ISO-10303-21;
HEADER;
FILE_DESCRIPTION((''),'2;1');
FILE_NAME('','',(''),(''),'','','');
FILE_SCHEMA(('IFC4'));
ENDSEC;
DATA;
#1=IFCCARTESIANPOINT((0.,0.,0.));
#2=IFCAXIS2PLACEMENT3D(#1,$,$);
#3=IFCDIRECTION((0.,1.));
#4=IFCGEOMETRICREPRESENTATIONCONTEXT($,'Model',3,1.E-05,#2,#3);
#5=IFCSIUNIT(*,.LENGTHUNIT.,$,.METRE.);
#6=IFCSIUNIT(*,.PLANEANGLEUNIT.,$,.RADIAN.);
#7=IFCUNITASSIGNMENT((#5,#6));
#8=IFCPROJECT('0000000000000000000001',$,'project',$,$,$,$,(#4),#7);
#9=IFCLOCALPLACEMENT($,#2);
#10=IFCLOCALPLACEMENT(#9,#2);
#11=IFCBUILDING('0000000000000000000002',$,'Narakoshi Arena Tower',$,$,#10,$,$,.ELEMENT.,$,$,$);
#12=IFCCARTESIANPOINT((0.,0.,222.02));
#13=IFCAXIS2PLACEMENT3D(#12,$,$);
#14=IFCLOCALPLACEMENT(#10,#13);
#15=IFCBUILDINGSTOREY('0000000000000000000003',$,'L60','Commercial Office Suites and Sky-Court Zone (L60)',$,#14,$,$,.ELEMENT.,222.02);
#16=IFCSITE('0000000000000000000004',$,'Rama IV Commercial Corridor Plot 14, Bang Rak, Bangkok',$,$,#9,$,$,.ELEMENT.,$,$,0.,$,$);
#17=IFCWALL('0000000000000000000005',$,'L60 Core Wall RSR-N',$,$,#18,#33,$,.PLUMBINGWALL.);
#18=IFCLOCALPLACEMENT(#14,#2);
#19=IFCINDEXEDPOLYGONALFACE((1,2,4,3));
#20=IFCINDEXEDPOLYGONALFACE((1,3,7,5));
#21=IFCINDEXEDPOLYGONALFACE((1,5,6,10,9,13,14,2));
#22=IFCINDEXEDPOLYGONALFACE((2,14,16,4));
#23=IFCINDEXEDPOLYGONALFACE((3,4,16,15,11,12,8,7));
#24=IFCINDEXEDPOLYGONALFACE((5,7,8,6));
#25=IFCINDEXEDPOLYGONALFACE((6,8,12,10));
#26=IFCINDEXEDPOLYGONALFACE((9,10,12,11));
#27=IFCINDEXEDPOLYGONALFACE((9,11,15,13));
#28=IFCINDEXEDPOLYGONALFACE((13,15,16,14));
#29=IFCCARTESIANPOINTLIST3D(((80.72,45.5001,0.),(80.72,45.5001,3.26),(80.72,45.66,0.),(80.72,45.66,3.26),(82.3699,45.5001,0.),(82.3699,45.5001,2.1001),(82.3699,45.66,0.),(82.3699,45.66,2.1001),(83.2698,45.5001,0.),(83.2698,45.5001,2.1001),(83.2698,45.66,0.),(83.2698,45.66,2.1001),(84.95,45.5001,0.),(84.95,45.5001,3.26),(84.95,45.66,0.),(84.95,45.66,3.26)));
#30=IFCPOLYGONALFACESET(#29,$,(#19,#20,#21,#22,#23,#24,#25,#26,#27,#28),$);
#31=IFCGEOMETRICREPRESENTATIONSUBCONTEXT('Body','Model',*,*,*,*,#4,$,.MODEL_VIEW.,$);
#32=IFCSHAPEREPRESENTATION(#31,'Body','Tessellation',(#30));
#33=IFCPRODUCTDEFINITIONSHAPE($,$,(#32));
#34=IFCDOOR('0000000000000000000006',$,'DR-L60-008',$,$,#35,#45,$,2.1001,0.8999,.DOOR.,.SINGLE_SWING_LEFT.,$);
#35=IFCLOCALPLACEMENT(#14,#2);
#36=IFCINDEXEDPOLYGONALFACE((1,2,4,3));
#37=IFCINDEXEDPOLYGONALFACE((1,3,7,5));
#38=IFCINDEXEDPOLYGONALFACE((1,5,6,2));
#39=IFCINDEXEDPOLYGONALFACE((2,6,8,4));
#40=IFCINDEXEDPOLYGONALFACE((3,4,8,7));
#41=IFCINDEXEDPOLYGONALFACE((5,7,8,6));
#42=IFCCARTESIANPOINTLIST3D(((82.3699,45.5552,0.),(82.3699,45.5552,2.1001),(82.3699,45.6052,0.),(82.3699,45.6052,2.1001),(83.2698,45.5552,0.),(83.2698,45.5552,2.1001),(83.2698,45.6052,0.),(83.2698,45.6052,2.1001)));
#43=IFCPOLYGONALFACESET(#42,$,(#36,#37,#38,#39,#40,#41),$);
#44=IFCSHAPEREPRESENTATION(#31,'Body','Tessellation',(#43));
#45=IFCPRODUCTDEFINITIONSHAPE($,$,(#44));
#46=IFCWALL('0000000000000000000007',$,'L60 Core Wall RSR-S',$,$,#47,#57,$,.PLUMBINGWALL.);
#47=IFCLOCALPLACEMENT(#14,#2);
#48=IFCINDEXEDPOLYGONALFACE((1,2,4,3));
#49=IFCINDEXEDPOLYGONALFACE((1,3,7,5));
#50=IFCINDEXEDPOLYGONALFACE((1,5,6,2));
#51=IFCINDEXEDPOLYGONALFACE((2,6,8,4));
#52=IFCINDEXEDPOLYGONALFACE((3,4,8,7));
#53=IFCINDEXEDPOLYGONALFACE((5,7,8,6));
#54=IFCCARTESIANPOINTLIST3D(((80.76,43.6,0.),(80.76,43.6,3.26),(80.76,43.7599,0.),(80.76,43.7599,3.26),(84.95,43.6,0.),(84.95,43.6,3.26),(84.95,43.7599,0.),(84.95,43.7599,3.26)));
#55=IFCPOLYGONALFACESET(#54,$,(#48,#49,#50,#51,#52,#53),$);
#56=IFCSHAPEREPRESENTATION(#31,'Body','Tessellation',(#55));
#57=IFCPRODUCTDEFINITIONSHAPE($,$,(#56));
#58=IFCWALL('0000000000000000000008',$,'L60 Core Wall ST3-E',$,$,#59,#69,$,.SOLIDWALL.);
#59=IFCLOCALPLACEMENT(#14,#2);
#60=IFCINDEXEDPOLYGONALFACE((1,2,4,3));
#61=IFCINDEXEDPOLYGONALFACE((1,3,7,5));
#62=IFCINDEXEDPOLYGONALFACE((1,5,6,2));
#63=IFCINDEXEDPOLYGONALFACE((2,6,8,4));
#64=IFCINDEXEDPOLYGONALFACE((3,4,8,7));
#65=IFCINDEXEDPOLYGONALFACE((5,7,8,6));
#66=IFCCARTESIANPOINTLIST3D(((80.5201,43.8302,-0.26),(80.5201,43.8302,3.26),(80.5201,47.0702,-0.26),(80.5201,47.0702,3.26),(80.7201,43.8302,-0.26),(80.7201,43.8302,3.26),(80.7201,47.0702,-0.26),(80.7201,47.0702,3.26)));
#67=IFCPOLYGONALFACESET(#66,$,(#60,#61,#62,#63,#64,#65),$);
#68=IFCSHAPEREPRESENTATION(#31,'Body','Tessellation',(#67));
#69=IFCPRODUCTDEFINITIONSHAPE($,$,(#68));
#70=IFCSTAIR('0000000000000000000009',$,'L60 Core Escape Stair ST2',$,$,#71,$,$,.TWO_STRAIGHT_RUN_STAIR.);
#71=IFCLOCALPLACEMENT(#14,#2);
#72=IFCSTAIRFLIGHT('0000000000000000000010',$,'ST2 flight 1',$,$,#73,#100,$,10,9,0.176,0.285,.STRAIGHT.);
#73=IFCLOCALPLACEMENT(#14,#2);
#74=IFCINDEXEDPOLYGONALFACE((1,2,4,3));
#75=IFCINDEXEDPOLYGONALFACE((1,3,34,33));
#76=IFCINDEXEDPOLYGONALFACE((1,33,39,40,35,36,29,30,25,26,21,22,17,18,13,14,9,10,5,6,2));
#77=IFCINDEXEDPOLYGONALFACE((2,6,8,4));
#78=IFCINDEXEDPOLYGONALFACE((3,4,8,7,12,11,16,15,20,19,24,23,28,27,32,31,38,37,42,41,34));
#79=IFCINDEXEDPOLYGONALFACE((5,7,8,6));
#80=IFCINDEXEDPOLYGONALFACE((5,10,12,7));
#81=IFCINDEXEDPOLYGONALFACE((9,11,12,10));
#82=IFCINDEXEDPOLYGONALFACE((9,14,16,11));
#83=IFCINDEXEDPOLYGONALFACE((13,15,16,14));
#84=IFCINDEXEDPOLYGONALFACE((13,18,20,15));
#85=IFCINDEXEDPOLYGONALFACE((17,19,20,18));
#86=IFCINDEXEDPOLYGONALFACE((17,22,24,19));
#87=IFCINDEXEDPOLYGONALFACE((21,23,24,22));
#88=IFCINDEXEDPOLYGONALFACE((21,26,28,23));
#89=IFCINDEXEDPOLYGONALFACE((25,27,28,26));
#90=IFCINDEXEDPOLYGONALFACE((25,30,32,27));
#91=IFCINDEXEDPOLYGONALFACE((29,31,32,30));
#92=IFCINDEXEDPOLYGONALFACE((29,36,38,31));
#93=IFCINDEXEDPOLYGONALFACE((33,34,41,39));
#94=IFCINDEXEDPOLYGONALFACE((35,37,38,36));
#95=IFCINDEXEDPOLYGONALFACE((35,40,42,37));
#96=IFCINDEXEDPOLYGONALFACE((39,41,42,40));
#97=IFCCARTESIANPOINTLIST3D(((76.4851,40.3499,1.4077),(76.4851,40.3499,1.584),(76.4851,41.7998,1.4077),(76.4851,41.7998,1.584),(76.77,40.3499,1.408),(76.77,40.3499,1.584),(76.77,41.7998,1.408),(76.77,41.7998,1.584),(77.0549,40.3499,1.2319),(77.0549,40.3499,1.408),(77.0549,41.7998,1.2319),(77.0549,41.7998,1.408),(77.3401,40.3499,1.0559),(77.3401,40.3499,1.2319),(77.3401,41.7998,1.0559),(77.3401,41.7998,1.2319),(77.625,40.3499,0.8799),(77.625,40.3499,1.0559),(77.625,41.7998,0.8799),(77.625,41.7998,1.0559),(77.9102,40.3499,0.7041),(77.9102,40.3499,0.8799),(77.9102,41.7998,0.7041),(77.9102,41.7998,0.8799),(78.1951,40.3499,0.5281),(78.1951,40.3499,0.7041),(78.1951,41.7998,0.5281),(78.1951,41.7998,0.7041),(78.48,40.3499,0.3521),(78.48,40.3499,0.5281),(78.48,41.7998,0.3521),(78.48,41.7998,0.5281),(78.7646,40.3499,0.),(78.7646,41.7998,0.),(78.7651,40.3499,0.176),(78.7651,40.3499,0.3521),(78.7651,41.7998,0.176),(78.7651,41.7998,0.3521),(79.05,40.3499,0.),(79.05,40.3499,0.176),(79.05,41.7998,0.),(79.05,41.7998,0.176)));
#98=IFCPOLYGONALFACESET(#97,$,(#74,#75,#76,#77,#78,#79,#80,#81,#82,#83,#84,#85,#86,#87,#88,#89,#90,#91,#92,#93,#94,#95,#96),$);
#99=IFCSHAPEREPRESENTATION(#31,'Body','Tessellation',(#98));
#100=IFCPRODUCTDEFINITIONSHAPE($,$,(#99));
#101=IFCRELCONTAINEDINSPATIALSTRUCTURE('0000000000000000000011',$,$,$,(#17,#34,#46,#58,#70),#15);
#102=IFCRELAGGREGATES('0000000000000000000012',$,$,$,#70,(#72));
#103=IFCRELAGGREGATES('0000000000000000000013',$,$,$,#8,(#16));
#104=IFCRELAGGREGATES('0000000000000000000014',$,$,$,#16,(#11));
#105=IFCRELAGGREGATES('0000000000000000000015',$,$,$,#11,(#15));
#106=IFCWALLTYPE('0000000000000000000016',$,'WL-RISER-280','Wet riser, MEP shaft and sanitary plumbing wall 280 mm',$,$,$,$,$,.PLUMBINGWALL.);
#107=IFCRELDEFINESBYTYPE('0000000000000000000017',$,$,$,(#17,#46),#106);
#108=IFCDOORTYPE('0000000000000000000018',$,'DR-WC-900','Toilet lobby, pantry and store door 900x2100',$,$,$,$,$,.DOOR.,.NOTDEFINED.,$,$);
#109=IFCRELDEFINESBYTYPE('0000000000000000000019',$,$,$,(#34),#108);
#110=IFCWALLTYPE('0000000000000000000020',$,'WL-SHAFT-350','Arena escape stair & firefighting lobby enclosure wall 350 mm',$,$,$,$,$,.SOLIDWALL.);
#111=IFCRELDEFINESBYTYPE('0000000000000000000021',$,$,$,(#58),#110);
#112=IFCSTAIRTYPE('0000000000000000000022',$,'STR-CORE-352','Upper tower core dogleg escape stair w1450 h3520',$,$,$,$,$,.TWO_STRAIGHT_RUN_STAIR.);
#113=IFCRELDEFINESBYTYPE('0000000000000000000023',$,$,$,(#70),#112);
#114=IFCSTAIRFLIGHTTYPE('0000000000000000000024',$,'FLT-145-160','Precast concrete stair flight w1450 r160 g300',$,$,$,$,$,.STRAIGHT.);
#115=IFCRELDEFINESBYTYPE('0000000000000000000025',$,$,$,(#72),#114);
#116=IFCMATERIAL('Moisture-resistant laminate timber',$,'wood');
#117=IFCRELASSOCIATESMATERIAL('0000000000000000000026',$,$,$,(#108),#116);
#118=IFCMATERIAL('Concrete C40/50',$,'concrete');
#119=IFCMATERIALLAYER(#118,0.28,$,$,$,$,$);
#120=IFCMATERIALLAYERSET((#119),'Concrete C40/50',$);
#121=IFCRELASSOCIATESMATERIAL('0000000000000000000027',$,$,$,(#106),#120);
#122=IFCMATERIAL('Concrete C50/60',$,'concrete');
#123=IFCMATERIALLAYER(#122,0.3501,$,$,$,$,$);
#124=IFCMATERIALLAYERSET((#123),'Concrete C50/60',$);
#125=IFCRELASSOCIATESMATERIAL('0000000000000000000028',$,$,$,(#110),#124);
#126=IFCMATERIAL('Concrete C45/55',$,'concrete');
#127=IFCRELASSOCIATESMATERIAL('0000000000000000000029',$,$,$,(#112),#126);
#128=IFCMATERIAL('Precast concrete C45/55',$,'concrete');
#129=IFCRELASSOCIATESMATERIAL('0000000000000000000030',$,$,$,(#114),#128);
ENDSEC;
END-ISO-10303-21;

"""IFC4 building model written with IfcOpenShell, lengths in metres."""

from ifc_helpers import new_model, si_unit, direction, frame, frame_2d, origin, place, context, subcontext, project, spatial, polyline, rectangle, outline, extrude, material, layer, layer_set, type_object, element, fill, aggregate, save


model = new_model("IFC4")

# Units and contexts
model_context = context("Model", 3, precision=1e-05, world=origin(), true_north=direction((0.0, 1.0)))
body_context = subcontext(model_context, "Body", "Model", "MODEL_VIEW")
ifc_project = project(units=[si_unit("LENGTHUNIT", "METRE"), si_unit("PLANEANGLEUNIT", "RADIAN")], contexts=[model_context])

# Site, building, storey
site_placement = place(None, origin())
site = spatial("IfcSite", under=ifc_project, at=site_placement, Name="Rama IV Commercial Corridor Plot 14, Bang Rak, Bangkok", CompositionType="ELEMENT", RefElevation=0.0)
building_placement = place(site_placement, origin())
building = spatial("IfcBuilding", under=site, at=building_placement, Name="Narakoshi Arena Tower", CompositionType="ELEMENT")
storey_placement = place(building_placement, frame((0.0, 0.0, 222.02)))
storey = spatial("IfcBuildingStorey", under=building, at=storey_placement, Name="L60", Description="Commercial Office Suites and Sky-Court Zone (L60)", CompositionType="ELEMENT", Elevation=222.02)

# Shared definitions
ifc_material_1 = material(Name="Concrete C50/60", Category="concrete")

# Shared definitions
ifc_material_2 = material(Name="Moisture-resistant laminate timber", Category="wood")
door_type_1 = type_object("IfcDoorType", Name="DR-WC-900", Description="Toilet lobby, pantry and store door 900x2100", OperationType="NOTDEFINED", PredefinedType="DOOR", material=ifc_material_2)

# Shared definitions
ifc_material_3 = material(Name="Concrete C40/50", Category="concrete")
ifc_layer_1 = layer(ifc_material_3, 0.28)
ifc_layer_set_1 = layer_set([ifc_layer_1], Name="Concrete C40/50")
wall_type_1 = type_object("IfcWallType", Name="WL-RISER-280", Description="Wet riser, MEP shaft and sanitary plumbing wall 280 mm", PredefinedType="PLUMBINGWALL", material=ifc_layer_set_1)

# Wall, opening, door
wall_1_placement = place(storey_placement, frame((80.72, 45.5801, 0.0), z_axis=(0.0, 0.0, 1.0), x_axis=(1.0, 0.0, 0.0)))
wall_1 = element("IfcWall", 1, at=wall_1_placement, inside=storey, type_object=wall_type_1, Name="L60 Core Wall RSR-N", PredefinedType="PLUMBINGWALL", context=body_context, shape_type="SweptSolid", body=[
    extrude(rectangle(XDim=4.23, YDim=0.1599, at=frame_2d((2.115, 0.0))), origin(), (0.0, 0.0, 1.0), 3.26),
])
opening_1_placement = place(wall_1_placement, frame((1.6499, 0.0, 0.0)))
opening_1 = element("IfcOpeningElement", 2, at=opening_1_placement, cuts=wall_1, PredefinedType="OPENING", context=body_context, shape_type="SweptSolid", body=[
    extrude(rectangle(XDim=0.8999, YDim=2.1001, at=frame_2d((0.45, 1.05))), frame((0.0, 0.0898, 0.0), z_axis=(0.0, -1.0, 0.0), x_axis=(1.0, 0.0, 0.0)), (0.0, 0.0, 1.0), 0.1799),
])
door_1_placement = place(opening_1_placement, frame((0.8999, 0.0, 0.0), z_axis=(0.0, 0.0, 1.0), x_axis=(-1.0, 0.0, 0.0)))
door_1 = element("IfcDoor", 3, at=door_1_placement, inside=storey, type_object=door_type_1, Name="DR-L60-008", OperationType="SINGLE_SWING_LEFT", OverallHeight=2.1001, OverallWidth=0.8999, PredefinedType="DOOR", context=body_context, shape_type="SweptSolid", body=[
    extrude(rectangle(XDim=0.8999, YDim=2.1001, at=frame_2d((0.45, 1.05))), frame((0.0, 0.0249, 0.0), z_axis=(0.0, -1.0, 0.0), x_axis=(1.0, 0.0, 0.0)), (0.0, 0.0, 1.0), 0.05),
])
fill(opening_1, door_1)

# Walls
wall_2_placement = place(storey_placement, frame((80.76, 43.6799, 0.0), z_axis=(0.0, 0.0, 1.0), x_axis=(1.0, 0.0, 0.0)))
element("IfcWall", 4, at=wall_2_placement, inside=storey, type_object=wall_type_1, Name="L60 Core Wall RSR-S", PredefinedType="PLUMBINGWALL", context=body_context, shape_type="SweptSolid", body=[
    extrude(rectangle(XDim=4.1899, YDim=0.1599, at=frame_2d((2.095, 0.0))), origin(), (0.0, 0.0, 1.0), 3.26),
])
ifc_layer_2 = layer(ifc_material_1, 0.3501)
ifc_layer_set_2 = layer_set([ifc_layer_2], Name="Concrete C50/60")
wall_type_2 = type_object("IfcWallType", Name="WL-SHAFT-350", Description="Arena escape stair & firefighting lobby enclosure wall 350 mm", PredefinedType="SOLIDWALL", material=ifc_layer_set_2)
wall_3_placement = place(storey_placement, frame((80.6201, 43.8301, -0.26), z_axis=(0.0, 0.0, 1.0), x_axis=(0.0, 1.0, 0.0)))
element("IfcWall", 5, at=wall_3_placement, inside=storey, type_object=wall_type_2, Name="L60 Core Wall ST3-E", PredefinedType="SOLIDWALL", context=body_context, shape_type="SweptSolid", body=[
    extrude(rectangle(XDim=3.24, YDim=0.2, at=frame_2d((1.6201, 0.0))), origin(), (0.0, 0.0, 1.0), 3.52),
])

# Stair, stair flight
ifc_material_4 = material(Name="Concrete C45/55", Category="concrete")
stair_type = type_object("IfcStairType", Name="STR-CORE-352", Description="Upper tower core dogleg escape stair w1450 h3520", PredefinedType="TWO_STRAIGHT_RUN_STAIR", material=ifc_material_4)
stair_placement = place(storey_placement, origin())
stair = element("IfcStair", 6, at=stair_placement, inside=storey, type_object=stair_type, Name="L60 Core Escape Stair ST2", PredefinedType="TWO_STRAIGHT_RUN_STAIR")
ifc_material_5 = material(Name="Precast concrete C45/55", Category="concrete")
stair_flight_type = type_object("IfcStairFlightType", Name="FLT-145-160", Description="Precast concrete stair flight w1450 r160 g300", PredefinedType="STRAIGHT", material=ifc_material_5)
stair_flight_placement = place(storey_placement, frame((79.05, 41.075, 0.0), z_axis=(0.0, 0.0, 1.0), x_axis=(-1.0, 0.0, 0.0)))
stair_flight = element("IfcStairFlight", 7, at=stair_flight_placement, type_object=stair_flight_type, Name="ST2 flight 1", NumberOfRisers=10, NumberOfTreads=9, PredefinedType="STRAIGHT", RiserHeight=0.176, TreadLength=0.285, context=body_context, shape_type="SweptSolid", body=[
    extrude(outline(polyline([(0.0, 0.0), (0.0, 0.176), (0.2849, 0.176), (0.2849, 0.3521), (0.5701, 0.3521), (0.5701, 0.5281), (0.855, 0.5281), (0.855, 0.7041), (1.1399, 0.7041), (1.1399, 0.8799), (1.425, 0.8799), (1.425, 1.0559), (1.71, 1.0559), (1.71, 1.2319), (1.9951, 1.2319), (1.9951, 1.408), (2.28, 1.408), (2.28, 1.584), (2.5649, 1.584), (2.5649, 1.76), (2.5649, 1.4077), (0.2854, 0.0), (0.0, 0.0)])), frame((0.0, 0.7251, 0.0), z_axis=(0.0, -1.0, 0.0), x_axis=(1.0, 0.0, 0.0)), (0.0, 0.0, 1.0), 1.45),
])
aggregate(stair, [stair_flight])

save(model, "model.ifc")
